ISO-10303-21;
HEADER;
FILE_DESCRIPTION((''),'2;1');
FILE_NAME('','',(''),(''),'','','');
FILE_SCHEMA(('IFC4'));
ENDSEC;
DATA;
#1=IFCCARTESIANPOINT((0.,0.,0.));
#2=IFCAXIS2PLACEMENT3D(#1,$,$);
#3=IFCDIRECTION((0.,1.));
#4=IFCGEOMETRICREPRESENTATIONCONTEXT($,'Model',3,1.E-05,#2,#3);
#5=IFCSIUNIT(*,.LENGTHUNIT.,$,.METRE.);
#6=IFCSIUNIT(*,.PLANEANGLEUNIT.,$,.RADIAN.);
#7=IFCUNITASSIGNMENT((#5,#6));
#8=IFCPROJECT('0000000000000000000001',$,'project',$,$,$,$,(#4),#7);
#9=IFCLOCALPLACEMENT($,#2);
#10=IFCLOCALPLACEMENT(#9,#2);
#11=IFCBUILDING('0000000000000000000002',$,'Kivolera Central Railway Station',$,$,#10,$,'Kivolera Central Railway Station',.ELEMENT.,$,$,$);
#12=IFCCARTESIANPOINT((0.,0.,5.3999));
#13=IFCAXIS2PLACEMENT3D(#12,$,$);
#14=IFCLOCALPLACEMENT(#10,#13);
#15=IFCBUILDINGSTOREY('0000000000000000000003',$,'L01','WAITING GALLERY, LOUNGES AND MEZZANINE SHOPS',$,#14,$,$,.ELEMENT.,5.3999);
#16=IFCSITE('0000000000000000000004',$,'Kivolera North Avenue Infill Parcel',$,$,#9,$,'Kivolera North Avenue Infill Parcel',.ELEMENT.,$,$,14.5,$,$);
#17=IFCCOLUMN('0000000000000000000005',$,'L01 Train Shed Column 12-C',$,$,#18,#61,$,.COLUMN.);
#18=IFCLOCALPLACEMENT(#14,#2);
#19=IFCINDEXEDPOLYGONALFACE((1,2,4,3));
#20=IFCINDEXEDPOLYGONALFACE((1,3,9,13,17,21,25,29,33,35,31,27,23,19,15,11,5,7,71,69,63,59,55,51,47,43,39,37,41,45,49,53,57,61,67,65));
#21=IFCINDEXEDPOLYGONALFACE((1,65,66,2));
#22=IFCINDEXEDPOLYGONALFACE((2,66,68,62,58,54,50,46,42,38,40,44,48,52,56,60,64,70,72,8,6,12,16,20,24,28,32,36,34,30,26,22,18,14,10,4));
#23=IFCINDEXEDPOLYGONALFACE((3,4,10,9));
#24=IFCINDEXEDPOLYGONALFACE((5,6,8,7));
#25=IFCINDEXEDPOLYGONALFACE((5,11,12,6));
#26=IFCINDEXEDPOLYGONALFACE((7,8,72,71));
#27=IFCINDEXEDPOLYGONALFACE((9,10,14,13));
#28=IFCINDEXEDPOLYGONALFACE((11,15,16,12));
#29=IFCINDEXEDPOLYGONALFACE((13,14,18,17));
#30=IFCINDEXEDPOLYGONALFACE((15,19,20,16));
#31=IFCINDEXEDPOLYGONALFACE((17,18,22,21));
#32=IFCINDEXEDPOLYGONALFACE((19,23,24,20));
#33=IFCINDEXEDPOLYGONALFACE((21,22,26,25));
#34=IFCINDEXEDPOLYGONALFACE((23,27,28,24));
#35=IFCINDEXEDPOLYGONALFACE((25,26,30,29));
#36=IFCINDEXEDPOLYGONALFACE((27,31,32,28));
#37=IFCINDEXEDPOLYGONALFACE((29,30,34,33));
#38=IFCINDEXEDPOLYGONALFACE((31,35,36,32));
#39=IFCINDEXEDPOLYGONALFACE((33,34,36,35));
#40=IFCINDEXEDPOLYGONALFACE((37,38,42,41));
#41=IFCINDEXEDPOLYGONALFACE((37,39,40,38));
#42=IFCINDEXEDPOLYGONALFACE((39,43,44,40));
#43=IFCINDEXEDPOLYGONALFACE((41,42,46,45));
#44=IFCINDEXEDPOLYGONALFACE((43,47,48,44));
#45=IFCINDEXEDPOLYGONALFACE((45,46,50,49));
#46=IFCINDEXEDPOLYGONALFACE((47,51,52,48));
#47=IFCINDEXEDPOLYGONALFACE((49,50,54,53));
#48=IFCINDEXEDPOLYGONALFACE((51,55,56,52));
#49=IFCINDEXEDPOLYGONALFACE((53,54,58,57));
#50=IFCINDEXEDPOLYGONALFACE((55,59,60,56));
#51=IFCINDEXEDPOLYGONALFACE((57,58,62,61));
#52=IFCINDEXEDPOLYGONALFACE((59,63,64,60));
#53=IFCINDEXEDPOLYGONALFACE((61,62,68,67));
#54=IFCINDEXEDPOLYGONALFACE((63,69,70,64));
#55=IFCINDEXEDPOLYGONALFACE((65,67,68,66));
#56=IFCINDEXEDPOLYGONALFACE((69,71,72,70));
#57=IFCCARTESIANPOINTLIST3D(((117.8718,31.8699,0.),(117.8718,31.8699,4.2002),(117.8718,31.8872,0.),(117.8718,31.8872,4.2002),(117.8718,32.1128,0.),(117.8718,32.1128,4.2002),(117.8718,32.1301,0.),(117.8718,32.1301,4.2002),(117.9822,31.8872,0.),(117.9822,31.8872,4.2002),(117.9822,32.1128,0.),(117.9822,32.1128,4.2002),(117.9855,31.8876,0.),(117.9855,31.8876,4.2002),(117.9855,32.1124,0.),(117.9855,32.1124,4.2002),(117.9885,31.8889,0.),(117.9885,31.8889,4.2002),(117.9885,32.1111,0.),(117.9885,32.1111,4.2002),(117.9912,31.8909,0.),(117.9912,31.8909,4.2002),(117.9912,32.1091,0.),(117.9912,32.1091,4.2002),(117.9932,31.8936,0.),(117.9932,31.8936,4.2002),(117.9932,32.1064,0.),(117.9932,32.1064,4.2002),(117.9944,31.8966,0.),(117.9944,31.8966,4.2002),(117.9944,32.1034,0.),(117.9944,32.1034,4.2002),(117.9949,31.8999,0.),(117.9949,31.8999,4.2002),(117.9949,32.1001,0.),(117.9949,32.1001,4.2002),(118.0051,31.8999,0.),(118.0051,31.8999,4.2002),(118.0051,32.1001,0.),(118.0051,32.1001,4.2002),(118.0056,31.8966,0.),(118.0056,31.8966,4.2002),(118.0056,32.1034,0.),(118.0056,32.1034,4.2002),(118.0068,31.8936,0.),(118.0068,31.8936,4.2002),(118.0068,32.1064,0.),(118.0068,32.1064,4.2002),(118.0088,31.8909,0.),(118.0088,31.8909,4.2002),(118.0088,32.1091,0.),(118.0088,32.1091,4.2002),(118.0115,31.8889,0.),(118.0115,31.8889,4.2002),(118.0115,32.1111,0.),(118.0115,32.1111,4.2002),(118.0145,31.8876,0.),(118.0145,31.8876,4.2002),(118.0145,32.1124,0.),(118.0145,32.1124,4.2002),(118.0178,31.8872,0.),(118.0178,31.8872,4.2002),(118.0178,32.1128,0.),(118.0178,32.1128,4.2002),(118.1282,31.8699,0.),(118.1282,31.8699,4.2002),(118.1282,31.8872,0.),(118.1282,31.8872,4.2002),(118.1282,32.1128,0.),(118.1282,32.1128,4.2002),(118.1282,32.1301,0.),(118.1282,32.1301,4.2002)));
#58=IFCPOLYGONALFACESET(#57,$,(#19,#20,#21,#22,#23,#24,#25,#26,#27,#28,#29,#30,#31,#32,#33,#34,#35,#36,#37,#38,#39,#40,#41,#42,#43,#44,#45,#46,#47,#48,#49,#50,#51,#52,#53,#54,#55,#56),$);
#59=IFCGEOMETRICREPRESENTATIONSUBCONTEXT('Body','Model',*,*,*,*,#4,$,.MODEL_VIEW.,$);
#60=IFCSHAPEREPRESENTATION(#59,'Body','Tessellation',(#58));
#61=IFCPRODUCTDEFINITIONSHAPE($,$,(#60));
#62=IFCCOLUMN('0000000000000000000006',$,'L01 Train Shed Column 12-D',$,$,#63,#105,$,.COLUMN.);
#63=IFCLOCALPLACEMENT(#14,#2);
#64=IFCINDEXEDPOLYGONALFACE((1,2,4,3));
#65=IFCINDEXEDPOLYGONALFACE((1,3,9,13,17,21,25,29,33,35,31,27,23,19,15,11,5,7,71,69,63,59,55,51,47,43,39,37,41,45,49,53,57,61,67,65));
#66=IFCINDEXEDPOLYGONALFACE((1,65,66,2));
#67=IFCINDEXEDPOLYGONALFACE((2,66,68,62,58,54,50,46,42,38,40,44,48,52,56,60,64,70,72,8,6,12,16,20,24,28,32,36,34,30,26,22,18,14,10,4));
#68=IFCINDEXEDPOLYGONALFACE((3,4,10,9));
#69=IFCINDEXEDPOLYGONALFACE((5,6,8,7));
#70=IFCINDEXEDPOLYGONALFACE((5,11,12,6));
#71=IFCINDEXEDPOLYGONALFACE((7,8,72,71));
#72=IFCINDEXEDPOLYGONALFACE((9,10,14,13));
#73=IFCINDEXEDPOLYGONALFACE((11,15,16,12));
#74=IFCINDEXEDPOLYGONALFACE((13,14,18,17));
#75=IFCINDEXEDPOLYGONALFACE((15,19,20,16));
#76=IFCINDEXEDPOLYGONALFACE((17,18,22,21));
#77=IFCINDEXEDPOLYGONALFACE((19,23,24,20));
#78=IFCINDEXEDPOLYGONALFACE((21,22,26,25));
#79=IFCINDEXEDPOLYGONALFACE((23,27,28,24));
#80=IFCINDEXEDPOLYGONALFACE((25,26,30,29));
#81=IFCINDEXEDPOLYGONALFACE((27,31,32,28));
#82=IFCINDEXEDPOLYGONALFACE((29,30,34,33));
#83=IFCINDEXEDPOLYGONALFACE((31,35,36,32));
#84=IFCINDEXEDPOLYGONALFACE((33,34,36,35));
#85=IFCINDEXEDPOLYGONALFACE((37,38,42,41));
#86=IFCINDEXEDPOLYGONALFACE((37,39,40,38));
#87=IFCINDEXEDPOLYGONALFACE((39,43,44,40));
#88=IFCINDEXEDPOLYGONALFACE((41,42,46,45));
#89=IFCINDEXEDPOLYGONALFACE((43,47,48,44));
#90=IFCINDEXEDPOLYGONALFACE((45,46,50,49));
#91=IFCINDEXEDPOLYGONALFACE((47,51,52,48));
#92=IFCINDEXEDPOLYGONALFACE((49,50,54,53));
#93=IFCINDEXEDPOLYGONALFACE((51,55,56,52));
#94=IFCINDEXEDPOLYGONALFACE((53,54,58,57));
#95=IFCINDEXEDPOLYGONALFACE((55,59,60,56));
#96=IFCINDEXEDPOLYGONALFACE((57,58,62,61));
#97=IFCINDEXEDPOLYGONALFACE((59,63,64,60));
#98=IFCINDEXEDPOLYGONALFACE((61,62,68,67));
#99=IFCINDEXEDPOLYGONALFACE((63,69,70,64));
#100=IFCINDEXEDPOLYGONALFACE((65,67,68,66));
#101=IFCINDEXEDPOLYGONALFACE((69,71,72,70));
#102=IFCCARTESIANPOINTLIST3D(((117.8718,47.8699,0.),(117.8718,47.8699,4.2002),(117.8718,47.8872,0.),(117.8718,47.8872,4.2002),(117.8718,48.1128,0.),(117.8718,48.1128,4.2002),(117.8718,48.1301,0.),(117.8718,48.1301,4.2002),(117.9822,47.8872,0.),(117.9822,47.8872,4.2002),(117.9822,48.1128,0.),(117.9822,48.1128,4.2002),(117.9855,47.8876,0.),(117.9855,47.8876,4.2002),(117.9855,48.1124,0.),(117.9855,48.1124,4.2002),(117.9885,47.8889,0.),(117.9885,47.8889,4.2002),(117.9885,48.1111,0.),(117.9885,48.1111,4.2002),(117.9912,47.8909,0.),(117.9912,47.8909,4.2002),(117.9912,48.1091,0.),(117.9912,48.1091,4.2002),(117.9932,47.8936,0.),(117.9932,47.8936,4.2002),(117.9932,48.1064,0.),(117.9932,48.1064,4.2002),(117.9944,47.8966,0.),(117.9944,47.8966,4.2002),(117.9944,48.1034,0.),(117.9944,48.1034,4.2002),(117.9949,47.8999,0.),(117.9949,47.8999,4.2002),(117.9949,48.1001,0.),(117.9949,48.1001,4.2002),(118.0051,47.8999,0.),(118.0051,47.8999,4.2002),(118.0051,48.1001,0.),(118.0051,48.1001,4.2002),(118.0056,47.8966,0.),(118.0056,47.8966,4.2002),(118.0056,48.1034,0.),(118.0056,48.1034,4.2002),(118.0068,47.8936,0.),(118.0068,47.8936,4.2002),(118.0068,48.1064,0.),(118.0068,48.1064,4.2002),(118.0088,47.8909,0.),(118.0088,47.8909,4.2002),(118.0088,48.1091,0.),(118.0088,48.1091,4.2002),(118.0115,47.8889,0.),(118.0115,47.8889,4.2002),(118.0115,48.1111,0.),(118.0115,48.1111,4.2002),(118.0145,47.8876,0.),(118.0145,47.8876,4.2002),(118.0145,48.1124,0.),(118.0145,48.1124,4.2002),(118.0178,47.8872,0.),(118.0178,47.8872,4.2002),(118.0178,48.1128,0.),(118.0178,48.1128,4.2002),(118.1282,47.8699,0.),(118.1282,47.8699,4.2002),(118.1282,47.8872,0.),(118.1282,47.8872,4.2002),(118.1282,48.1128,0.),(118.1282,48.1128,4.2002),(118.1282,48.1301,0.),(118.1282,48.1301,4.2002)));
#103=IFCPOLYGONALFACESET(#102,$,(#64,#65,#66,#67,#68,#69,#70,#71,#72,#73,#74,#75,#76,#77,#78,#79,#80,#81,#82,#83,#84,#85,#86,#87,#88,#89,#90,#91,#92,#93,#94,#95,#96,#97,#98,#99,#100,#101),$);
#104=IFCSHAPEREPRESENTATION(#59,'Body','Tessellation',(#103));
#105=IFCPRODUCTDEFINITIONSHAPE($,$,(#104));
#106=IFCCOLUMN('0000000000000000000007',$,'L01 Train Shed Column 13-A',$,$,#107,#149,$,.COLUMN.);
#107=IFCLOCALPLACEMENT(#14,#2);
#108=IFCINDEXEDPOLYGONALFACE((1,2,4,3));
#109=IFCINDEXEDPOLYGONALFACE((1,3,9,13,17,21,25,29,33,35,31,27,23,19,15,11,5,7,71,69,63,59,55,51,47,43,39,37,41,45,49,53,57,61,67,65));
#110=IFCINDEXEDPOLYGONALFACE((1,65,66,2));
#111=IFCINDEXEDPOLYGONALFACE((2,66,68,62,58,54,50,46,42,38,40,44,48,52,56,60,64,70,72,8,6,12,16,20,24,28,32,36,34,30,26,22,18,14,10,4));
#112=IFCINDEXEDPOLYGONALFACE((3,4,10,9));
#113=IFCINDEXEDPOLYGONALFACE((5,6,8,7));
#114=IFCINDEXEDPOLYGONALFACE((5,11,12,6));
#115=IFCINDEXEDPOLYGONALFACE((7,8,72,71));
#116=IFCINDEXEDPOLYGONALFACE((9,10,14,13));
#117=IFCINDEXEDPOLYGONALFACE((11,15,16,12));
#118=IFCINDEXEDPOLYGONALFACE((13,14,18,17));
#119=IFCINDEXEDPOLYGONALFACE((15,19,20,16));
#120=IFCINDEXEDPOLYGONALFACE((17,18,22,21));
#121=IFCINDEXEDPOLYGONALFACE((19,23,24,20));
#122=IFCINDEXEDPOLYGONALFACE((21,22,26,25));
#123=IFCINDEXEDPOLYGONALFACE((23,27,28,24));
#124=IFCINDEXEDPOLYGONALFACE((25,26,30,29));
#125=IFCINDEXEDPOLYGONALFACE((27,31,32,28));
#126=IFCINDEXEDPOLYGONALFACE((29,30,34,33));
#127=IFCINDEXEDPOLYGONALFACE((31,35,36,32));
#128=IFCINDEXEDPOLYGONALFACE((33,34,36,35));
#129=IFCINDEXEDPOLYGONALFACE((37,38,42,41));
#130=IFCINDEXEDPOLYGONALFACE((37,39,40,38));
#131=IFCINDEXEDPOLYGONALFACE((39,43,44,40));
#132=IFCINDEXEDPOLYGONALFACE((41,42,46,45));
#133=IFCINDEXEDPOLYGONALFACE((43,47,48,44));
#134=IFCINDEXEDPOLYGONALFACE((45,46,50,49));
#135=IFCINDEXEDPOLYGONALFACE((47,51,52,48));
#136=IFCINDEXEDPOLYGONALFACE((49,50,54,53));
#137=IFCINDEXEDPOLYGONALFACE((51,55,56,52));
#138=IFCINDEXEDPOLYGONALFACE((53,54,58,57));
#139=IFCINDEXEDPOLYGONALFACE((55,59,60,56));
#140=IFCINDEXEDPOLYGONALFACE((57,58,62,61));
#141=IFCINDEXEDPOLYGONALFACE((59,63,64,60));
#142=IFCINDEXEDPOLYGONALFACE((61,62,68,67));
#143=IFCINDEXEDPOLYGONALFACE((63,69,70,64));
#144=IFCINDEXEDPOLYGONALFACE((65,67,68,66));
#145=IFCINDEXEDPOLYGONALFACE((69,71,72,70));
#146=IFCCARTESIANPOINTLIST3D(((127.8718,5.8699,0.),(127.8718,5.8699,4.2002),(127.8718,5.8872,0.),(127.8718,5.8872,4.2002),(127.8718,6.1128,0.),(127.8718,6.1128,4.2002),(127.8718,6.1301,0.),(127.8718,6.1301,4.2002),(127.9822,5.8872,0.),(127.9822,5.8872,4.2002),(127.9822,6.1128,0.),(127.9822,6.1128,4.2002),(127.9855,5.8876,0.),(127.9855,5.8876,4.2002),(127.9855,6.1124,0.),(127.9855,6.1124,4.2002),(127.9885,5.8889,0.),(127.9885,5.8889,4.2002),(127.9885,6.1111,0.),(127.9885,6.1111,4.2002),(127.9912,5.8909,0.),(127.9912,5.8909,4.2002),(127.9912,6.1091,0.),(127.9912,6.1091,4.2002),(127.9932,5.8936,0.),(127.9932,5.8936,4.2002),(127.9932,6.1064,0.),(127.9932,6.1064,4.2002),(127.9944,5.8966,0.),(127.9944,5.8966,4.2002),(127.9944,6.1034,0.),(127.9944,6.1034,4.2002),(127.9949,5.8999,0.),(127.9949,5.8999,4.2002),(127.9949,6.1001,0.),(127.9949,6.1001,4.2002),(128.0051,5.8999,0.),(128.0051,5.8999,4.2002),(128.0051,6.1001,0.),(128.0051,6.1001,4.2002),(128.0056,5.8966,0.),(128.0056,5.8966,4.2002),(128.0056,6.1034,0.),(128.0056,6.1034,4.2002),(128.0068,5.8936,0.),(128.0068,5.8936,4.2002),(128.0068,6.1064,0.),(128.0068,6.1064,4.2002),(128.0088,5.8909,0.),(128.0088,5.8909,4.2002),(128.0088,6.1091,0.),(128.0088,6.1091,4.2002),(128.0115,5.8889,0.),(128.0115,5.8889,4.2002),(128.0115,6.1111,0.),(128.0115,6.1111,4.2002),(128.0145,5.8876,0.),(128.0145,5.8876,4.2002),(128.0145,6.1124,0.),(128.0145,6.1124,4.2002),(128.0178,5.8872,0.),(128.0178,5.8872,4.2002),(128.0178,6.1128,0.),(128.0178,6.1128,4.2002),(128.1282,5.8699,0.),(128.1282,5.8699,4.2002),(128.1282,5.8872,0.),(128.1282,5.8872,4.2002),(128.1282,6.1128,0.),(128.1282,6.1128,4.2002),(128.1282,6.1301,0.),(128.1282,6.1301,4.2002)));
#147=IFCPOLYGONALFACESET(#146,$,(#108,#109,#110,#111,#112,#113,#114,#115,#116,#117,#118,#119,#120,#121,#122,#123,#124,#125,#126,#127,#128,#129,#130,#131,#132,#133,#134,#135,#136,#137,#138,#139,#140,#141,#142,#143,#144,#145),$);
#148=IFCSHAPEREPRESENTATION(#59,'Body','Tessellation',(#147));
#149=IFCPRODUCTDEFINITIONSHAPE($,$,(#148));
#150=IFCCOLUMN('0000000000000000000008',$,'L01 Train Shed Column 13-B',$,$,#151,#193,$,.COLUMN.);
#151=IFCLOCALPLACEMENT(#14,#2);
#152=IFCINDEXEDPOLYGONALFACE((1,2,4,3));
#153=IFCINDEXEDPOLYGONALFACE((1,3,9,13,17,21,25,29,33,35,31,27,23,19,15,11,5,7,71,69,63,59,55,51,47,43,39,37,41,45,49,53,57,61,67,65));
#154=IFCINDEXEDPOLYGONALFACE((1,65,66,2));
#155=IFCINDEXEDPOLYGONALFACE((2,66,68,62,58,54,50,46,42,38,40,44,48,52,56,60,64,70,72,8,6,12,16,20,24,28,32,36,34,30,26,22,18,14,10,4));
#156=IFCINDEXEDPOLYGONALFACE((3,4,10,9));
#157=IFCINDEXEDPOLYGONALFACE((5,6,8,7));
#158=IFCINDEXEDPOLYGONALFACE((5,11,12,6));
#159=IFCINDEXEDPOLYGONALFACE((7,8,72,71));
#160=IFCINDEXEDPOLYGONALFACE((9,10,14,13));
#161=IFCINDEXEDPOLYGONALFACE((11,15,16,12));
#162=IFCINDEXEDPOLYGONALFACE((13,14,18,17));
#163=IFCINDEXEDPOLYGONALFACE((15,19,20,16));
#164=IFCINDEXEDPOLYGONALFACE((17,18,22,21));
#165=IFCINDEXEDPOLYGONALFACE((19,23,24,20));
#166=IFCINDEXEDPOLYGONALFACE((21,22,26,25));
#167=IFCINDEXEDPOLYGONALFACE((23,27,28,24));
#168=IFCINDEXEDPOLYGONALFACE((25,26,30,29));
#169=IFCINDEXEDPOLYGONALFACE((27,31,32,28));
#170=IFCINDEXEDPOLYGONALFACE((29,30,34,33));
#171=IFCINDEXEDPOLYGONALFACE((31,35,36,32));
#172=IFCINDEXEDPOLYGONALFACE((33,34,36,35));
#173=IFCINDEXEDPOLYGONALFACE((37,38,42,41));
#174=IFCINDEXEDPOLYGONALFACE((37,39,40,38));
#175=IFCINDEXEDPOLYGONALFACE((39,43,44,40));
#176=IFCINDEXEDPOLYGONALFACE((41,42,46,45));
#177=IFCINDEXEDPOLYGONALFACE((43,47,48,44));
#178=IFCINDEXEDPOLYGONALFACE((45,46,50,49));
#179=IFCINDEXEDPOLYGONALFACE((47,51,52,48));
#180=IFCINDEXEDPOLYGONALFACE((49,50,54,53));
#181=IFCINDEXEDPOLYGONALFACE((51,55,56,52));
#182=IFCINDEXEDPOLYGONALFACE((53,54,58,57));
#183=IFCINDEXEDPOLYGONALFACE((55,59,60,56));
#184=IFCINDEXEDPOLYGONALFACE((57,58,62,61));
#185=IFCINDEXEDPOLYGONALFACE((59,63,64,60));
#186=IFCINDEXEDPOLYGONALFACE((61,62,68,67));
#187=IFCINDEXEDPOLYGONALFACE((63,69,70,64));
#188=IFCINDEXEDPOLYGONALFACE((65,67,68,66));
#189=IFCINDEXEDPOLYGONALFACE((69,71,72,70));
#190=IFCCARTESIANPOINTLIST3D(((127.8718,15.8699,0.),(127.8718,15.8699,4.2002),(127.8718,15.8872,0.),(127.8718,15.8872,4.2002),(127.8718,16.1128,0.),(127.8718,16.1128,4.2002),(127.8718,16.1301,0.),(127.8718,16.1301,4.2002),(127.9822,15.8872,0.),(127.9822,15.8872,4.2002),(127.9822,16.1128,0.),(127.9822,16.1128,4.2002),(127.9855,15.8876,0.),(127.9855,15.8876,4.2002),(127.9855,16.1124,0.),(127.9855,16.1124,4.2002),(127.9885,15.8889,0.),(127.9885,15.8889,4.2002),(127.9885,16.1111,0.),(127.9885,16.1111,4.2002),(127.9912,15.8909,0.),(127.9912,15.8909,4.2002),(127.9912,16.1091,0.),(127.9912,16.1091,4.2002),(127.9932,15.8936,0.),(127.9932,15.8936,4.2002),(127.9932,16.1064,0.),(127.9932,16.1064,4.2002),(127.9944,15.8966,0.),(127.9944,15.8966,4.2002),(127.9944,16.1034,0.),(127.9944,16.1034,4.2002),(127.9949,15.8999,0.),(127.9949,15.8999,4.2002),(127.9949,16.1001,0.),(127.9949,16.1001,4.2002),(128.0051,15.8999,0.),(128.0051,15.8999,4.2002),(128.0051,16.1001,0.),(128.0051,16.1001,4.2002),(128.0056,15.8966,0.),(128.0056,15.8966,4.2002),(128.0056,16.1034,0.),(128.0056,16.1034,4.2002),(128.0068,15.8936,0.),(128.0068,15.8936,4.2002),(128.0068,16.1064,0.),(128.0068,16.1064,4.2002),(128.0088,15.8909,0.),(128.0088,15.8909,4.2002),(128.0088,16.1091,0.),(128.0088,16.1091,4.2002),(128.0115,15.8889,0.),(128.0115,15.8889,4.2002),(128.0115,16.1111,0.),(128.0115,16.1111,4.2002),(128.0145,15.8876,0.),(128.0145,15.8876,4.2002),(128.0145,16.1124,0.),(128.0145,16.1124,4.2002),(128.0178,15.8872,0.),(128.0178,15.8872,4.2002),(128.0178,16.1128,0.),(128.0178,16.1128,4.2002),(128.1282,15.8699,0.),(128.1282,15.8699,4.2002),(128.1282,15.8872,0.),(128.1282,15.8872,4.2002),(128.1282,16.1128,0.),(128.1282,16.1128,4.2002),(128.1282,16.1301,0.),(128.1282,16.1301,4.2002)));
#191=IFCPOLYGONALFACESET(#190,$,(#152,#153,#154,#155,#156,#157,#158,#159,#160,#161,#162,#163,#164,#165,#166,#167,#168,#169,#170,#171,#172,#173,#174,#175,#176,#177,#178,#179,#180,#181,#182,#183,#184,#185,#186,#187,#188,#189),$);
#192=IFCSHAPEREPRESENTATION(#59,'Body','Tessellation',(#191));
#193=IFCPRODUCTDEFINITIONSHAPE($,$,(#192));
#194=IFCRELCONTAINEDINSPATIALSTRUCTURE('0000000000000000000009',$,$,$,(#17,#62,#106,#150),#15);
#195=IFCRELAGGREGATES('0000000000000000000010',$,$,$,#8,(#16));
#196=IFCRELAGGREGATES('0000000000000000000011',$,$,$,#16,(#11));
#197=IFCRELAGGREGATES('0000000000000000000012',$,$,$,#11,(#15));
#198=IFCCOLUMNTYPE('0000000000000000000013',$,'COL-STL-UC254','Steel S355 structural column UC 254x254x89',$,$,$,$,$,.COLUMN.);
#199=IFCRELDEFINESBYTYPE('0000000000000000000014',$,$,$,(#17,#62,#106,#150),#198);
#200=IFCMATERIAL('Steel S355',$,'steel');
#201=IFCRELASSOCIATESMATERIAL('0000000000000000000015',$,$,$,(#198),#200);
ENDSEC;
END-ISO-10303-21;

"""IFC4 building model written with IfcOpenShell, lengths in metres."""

from ifc_helpers import new_model, si_unit, direction, frame, origin, origin_2d, place, context, subcontext, project, spatial, i_section, extrude, material, material_profile, profile_set, type_object, element, save


model = new_model("IFC4")

# Units and contexts
model_context = context("Model", 3, precision=1e-05, world=origin(), true_north=direction((0.0, 1.0)))
body_context = subcontext(model_context, "Body", "Model", "MODEL_VIEW")
ifc_project = project(units=[si_unit("LENGTHUNIT", "METRE"), si_unit("PLANEANGLEUNIT", "RADIAN")], contexts=[model_context])

# Site, building, storey
site_placement = place(None, origin())
site = spatial("IfcSite", under=ifc_project, at=site_placement, Name="Kivolera North Avenue Infill Parcel", LongName="Kivolera North Avenue Infill Parcel", CompositionType="ELEMENT", RefElevation=14.5)
building_placement = place(site_placement, origin())
building = spatial("IfcBuilding", under=site, at=building_placement, Name="Kivolera Central Railway Station", LongName="Kivolera Central Railway Station", CompositionType="ELEMENT")
storey_placement = place(building_placement, frame((0.0, 0.0, 5.3999)))
storey = spatial("IfcBuildingStorey", under=building, at=storey_placement, Name="L01", Description="WAITING GALLERY, LOUNGES AND MEZZANINE SHOPS", CompositionType="ELEMENT", Elevation=5.3999)

# Columns
ifc_material_1 = material(Name="Steel S355", Category="steel")
ifc_material_profile_1 = material_profile(ifc_material_1, i_section(OverallWidth=0.2563, OverallDepth=0.2603, WebThickness=0.0103, FlangeThickness=0.0173, FilletRadius=0.0127, at=origin_2d()), Name="UC 254x254x89")
ifc_profile_set_1 = profile_set([ifc_material_profile_1], Name="Steel S355")
column_type_1 = type_object("IfcColumnType", Name="COL-STL-UC254", Description="Steel S355 structural column UC 254x254x89", PredefinedType="COLUMN", material=ifc_profile_set_1)
for number, where, z_axis, x_axis, name in (
    (1, (118.0, 32.0, 0.0), (0.0, 0.0, 1.0), (1.0, 0.0, 0.0), "L01 Train Shed Column 12-C"),
    (2, (118.0, 48.0, 0.0), (0.0, 0.0, 1.0), (1.0, 0.0, 0.0), "L01 Train Shed Column 12-D"),
    (3, (128.0, 6.0, 0.0), (0.0, 0.0, 1.0), (1.0, 0.0, 0.0), "L01 Train Shed Column 13-A"),
    (4, (128.0, 16.0, 0.0), (0.0, 0.0, 1.0), (1.0, 0.0, 0.0), "L01 Train Shed Column 13-B"),
):
    element("IfcColumn", number, at=place(storey_placement, frame(where, z_axis=z_axis, x_axis=x_axis)), inside=storey, type_object=column_type_1, Name=name, PredefinedType="COLUMN", context=body_context, shape_type="SweptSolid", body=[
        extrude(i_section(OverallWidth=0.2563, OverallDepth=0.2603, WebThickness=0.0103, FlangeThickness=0.0173, FilletRadius=0.0127, at=origin_2d()), origin(), (0.0, 0.0, 1.0), 4.2002),
    ])

save(model, "model.ifc")
